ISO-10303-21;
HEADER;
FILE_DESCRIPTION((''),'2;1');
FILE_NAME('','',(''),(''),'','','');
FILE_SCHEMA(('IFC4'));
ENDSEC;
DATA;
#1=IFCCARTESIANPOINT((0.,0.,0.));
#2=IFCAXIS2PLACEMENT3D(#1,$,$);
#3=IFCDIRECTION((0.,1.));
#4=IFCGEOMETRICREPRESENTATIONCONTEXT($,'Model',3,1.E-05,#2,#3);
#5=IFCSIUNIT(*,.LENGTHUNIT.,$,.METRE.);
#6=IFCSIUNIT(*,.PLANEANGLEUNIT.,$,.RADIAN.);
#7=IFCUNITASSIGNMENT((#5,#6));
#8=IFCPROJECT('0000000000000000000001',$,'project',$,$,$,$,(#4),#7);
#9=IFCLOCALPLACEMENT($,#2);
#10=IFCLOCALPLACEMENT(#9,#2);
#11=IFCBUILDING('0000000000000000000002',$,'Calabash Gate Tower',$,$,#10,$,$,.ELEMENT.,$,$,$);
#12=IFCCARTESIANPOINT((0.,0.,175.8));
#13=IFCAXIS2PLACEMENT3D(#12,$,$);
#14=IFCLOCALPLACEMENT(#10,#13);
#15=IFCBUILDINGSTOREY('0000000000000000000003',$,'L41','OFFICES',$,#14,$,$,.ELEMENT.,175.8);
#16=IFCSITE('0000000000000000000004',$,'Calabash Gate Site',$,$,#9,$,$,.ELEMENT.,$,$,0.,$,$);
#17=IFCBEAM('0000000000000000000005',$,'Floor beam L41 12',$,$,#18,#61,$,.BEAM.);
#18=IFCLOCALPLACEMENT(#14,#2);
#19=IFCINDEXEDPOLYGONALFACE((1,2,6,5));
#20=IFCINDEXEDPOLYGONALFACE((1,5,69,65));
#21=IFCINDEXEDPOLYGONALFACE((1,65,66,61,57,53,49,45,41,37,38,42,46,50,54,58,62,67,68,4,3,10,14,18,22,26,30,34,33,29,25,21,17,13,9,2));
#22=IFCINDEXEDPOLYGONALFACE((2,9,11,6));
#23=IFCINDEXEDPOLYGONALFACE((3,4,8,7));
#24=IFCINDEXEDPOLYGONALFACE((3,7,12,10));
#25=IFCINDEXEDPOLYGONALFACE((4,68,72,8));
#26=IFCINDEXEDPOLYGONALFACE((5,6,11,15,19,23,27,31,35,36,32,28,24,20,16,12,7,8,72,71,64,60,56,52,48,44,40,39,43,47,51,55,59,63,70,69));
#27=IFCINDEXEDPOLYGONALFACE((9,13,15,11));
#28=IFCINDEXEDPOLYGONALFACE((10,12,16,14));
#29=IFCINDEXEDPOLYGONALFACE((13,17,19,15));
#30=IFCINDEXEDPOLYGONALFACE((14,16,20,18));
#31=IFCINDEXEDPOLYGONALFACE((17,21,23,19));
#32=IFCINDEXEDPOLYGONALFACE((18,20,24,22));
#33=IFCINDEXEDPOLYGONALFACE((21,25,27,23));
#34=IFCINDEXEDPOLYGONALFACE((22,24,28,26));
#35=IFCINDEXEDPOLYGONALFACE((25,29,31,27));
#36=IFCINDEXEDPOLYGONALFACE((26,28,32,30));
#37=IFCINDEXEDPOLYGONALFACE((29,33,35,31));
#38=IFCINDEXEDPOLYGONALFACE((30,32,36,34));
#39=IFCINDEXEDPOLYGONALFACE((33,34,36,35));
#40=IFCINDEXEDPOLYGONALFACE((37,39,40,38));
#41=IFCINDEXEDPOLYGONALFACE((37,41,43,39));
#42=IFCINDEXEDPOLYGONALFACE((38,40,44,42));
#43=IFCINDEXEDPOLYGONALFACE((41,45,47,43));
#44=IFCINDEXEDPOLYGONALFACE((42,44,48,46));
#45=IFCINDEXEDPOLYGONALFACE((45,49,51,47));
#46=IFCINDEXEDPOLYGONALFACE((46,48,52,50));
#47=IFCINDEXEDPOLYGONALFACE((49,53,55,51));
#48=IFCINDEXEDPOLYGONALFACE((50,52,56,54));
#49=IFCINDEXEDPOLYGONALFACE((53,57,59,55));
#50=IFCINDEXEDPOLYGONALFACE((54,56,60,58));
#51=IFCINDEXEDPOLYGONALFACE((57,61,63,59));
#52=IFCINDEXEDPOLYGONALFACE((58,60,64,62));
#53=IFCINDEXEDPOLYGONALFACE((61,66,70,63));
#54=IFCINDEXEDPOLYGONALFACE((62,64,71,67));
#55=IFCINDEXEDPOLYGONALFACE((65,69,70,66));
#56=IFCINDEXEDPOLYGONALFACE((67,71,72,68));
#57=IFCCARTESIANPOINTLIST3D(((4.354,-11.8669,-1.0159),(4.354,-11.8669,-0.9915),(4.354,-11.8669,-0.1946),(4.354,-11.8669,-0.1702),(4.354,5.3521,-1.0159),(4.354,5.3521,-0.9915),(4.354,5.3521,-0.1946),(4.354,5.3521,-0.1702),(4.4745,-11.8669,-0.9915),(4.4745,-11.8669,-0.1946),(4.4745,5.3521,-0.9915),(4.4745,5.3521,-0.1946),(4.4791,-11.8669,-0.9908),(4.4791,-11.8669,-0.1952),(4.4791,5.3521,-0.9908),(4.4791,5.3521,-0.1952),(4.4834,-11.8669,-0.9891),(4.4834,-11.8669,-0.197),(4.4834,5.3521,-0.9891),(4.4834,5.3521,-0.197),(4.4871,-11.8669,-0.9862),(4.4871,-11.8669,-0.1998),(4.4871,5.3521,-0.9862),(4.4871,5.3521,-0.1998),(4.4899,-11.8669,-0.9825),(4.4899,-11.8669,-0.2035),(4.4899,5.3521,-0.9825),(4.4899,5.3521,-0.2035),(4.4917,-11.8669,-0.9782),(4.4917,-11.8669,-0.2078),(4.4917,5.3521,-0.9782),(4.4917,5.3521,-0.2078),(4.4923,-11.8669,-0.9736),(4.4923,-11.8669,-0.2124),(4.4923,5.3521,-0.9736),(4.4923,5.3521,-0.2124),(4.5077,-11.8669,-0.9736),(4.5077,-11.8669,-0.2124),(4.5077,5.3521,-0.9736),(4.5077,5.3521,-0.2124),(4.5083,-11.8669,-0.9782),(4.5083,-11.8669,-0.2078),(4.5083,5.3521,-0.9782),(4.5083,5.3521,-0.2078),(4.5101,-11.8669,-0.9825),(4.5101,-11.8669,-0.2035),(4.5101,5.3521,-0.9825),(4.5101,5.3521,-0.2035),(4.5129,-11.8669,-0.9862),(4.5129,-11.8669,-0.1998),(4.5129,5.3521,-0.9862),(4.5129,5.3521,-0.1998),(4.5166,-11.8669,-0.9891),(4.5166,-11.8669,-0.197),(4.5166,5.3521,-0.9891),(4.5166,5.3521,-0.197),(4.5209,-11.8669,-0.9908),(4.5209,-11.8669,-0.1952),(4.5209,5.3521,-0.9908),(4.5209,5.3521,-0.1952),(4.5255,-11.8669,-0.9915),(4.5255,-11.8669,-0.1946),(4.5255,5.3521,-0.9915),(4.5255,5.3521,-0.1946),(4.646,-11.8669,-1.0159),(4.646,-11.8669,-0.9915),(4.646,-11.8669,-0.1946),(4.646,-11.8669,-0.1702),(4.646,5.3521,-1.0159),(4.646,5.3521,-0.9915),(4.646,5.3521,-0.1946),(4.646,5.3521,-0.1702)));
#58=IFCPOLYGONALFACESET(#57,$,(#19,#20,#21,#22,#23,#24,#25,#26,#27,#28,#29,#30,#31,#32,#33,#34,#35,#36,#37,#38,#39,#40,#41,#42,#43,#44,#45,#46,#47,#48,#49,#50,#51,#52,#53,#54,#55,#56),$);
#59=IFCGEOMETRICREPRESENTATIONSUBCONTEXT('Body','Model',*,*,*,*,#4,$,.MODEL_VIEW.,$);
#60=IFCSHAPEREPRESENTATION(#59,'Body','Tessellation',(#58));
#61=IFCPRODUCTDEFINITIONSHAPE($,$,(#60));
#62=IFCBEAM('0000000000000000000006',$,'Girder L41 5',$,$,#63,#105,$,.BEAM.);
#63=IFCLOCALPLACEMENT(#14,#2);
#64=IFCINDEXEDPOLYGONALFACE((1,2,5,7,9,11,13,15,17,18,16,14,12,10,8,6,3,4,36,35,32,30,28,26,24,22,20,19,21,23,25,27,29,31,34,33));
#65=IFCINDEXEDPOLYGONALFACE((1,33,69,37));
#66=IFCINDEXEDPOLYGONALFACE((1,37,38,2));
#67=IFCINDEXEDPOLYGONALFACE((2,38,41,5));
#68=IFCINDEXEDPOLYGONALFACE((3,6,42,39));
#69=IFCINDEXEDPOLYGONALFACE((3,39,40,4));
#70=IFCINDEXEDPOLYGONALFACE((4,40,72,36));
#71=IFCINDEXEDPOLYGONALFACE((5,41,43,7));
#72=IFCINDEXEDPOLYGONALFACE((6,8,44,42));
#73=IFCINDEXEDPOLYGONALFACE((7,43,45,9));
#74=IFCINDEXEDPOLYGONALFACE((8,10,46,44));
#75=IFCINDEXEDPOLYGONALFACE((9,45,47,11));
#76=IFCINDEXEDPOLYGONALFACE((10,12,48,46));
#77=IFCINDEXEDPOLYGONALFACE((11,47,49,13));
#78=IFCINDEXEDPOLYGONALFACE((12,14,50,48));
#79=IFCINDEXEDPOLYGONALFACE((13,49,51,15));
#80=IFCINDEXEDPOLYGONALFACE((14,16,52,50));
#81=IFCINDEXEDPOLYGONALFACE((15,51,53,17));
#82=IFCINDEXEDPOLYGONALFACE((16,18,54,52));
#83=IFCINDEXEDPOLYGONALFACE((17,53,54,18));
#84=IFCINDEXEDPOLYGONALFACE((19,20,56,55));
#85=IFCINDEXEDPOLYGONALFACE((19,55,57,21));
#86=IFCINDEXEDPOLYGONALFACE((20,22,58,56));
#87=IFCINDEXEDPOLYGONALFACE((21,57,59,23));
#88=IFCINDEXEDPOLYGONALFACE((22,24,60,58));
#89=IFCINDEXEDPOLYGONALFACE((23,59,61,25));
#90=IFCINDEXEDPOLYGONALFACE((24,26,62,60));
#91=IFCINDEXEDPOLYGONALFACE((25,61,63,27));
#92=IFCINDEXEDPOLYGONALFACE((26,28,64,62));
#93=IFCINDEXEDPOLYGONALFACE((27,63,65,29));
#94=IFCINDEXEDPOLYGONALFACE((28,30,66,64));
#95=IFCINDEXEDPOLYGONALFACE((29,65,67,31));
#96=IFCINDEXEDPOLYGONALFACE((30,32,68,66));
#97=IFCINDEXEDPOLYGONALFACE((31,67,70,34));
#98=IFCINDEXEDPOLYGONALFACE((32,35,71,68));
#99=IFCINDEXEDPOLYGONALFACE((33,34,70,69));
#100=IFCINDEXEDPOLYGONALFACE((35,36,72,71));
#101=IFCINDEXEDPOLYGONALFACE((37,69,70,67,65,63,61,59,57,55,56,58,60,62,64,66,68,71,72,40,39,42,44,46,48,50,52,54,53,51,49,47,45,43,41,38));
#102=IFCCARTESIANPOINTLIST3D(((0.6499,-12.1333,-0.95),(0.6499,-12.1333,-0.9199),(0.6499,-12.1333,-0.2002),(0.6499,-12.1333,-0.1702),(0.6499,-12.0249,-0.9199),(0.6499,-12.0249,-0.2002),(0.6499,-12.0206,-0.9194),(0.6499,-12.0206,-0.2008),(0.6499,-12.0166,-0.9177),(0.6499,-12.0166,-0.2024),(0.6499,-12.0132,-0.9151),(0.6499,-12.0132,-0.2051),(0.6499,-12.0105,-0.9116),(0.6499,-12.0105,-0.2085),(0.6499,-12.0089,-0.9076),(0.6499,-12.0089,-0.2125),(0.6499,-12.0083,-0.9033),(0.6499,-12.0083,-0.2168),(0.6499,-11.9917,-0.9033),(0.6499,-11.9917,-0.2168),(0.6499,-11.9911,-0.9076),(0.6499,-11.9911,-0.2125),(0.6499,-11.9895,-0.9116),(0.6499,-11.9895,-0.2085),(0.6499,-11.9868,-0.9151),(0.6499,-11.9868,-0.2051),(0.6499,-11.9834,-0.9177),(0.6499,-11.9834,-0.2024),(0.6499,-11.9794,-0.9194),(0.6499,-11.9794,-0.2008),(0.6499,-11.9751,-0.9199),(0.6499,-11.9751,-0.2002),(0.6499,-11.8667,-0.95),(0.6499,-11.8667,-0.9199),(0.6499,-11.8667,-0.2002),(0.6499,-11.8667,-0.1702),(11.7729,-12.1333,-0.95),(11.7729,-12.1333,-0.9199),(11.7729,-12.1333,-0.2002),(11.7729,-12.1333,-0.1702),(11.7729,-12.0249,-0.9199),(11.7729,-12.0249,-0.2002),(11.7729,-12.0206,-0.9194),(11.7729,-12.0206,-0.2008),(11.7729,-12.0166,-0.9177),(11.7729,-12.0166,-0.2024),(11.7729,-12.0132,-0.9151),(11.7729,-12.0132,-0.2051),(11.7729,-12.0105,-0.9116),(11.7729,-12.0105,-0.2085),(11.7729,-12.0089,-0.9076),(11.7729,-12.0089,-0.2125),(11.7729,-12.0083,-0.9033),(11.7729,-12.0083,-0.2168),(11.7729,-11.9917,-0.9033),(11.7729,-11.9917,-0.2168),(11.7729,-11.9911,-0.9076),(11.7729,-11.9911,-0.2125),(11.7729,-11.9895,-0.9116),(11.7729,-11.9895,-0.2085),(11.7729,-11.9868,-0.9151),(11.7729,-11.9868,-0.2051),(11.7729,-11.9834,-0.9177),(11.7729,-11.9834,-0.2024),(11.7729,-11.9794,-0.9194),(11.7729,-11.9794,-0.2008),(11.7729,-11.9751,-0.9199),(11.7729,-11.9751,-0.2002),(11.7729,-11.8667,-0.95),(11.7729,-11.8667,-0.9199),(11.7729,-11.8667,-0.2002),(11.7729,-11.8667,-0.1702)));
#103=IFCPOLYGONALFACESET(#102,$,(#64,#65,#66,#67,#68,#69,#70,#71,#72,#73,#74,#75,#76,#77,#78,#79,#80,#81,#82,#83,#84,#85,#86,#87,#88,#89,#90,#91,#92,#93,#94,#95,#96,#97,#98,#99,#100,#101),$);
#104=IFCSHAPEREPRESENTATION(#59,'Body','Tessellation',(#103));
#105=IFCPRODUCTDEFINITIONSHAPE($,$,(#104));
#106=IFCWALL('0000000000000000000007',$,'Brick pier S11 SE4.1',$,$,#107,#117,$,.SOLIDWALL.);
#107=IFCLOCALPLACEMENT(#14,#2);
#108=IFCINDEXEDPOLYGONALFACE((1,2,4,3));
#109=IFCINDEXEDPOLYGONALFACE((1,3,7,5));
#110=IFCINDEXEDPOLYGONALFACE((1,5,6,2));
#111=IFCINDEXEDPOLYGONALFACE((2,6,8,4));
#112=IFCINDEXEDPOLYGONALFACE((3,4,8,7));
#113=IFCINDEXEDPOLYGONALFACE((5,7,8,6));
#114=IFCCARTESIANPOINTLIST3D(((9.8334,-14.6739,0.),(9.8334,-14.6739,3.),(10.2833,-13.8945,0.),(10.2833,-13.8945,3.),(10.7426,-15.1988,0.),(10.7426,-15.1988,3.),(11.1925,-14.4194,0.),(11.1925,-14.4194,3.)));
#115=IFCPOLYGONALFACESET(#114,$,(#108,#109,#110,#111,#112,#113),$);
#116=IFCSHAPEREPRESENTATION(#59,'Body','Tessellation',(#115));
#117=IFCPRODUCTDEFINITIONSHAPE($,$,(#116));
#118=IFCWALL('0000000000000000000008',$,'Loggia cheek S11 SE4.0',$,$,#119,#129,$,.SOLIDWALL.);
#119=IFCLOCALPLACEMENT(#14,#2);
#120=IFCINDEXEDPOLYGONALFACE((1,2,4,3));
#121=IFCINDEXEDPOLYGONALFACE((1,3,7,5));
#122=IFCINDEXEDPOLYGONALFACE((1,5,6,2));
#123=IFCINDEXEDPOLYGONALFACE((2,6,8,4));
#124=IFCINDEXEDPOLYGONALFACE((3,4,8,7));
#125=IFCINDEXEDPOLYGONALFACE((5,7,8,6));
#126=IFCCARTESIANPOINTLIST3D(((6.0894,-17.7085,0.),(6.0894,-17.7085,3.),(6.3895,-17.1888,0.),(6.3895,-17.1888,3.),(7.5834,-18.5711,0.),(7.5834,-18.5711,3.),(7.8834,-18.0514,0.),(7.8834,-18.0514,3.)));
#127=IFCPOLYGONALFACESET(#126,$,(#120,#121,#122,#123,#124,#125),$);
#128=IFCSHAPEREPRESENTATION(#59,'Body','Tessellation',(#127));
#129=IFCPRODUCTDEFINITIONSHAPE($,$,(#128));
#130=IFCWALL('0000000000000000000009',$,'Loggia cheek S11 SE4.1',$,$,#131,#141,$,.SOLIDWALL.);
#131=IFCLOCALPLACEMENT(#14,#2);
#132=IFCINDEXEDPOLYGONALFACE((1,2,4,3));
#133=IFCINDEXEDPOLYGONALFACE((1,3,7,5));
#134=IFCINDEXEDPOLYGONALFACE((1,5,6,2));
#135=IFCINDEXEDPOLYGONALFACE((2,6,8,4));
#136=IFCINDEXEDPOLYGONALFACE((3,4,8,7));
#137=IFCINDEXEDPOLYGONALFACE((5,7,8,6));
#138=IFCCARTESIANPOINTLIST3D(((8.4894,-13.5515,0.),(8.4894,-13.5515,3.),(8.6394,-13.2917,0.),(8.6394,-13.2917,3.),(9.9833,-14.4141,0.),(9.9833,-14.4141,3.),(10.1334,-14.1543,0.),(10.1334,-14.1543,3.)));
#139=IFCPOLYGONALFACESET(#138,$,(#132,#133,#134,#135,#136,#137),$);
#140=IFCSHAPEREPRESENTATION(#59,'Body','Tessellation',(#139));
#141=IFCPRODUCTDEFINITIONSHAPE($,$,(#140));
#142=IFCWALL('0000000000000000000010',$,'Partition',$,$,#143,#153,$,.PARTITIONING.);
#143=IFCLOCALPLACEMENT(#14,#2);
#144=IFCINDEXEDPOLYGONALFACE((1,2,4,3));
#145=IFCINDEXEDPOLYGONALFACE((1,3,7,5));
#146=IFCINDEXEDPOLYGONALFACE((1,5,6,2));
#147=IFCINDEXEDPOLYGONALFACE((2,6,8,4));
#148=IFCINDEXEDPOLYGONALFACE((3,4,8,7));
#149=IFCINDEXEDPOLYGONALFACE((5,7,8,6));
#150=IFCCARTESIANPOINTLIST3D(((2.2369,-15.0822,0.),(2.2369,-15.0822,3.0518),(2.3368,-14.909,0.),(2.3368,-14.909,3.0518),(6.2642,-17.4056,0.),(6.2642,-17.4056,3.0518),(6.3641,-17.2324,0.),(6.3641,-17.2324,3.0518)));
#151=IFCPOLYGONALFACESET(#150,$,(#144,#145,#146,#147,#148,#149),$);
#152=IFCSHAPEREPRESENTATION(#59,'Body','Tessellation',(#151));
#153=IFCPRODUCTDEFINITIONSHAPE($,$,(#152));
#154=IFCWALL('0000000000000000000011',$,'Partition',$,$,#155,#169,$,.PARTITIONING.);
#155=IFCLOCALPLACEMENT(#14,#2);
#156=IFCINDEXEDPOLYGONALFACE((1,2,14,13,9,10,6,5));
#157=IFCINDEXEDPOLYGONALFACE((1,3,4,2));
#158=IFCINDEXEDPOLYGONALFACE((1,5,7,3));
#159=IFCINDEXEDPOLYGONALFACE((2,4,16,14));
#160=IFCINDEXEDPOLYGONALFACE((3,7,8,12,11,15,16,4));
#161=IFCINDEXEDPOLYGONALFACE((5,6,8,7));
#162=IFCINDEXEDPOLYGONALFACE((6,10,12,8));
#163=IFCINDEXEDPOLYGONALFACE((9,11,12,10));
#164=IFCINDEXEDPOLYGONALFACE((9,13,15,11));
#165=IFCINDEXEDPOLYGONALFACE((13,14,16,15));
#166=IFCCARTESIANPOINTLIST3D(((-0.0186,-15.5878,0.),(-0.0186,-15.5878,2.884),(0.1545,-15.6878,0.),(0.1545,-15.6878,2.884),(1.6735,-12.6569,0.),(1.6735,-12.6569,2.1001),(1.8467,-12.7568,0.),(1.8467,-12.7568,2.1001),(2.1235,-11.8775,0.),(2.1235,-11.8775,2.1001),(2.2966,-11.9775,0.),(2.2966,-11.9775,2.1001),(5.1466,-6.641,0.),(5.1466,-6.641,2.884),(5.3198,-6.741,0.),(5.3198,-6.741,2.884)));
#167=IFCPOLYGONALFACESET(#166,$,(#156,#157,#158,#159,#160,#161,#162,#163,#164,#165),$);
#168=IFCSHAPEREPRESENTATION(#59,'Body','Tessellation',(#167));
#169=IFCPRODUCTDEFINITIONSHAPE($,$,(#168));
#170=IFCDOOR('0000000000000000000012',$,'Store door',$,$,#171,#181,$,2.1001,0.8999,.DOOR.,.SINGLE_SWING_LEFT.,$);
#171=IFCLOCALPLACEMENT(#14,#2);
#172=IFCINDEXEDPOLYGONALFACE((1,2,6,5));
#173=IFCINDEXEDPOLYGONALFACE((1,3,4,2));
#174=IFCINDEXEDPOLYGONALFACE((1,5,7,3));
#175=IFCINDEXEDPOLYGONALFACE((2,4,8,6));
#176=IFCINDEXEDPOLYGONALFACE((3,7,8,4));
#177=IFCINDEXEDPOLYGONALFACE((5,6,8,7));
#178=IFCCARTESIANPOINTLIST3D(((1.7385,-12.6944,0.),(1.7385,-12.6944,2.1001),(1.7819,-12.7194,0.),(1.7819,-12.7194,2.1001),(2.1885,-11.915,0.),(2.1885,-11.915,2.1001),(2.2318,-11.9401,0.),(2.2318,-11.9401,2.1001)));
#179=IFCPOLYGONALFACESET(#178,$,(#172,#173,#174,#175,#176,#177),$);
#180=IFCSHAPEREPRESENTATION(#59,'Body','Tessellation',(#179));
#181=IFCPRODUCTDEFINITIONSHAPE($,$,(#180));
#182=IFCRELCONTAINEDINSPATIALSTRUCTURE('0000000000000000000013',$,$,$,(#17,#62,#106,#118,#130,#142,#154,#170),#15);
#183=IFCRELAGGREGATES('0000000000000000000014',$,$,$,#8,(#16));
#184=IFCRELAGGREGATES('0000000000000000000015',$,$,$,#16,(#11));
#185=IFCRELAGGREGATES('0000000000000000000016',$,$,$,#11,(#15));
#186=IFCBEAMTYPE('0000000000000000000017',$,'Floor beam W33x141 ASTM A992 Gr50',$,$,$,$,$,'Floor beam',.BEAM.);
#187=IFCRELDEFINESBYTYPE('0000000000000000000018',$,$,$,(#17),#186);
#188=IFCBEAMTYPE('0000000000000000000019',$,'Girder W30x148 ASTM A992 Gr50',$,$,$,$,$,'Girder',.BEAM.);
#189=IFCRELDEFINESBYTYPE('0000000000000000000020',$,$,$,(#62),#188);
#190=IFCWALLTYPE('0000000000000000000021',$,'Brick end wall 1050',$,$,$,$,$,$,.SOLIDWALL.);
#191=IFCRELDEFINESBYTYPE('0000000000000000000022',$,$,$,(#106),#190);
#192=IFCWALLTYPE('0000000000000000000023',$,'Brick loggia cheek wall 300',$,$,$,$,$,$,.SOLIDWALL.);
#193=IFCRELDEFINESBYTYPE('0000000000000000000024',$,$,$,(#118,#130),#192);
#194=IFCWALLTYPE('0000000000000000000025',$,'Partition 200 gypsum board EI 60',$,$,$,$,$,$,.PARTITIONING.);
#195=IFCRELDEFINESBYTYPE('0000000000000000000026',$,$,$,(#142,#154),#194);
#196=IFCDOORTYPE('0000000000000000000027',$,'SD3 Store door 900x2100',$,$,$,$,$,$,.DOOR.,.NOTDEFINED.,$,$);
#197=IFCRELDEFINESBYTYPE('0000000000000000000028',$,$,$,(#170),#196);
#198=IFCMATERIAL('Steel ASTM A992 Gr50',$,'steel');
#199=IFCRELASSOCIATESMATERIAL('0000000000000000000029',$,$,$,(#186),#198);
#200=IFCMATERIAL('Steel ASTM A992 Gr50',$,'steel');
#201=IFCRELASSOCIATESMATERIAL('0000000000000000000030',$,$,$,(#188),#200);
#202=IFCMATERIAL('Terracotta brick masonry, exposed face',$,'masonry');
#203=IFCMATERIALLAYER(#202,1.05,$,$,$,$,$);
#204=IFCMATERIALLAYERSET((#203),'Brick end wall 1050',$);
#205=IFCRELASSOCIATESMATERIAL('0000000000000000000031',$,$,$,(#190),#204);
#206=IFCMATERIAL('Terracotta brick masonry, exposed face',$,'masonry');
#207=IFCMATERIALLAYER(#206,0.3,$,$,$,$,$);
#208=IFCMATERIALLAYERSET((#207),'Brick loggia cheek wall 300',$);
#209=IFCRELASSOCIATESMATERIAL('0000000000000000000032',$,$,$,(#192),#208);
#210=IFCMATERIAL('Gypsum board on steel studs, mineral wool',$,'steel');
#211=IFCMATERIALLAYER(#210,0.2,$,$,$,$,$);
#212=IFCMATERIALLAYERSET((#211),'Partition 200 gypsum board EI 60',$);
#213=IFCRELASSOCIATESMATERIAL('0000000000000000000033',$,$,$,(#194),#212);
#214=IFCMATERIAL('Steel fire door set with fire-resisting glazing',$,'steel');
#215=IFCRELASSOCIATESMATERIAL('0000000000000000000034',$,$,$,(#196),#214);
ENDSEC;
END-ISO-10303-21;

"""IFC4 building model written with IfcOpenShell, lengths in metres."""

from ifc_helpers import new_model, si_unit, direction, frame, frame_2d, origin, origin_2d, place, context, subcontext, project, spatial, rectangle, i_section, extrude, material, layer, layer_set, material_profile, profile_set, type_object, element, fill, save


model = new_model("IFC4")

# Units and contexts
model_context = context("Model", 3, precision=1e-05, world=origin(), true_north=direction((0.0, 1.0)))
body_context = subcontext(model_context, "Body", "Model", "MODEL_VIEW")
ifc_project = project(units=[si_unit("LENGTHUNIT", "METRE"), si_unit("PLANEANGLEUNIT", "RADIAN")], contexts=[model_context])

# Site, building, storey
site_placement = place(None, origin())
site = spatial("IfcSite", under=ifc_project, at=site_placement, Name="Calabash Gate Site", CompositionType="ELEMENT", RefElevation=0.0)
building_placement = place(site_placement, origin())
building = spatial("IfcBuilding", under=site, at=building_placement, Name="Calabash Gate Tower", CompositionType="ELEMENT")
storey_placement = place(building_placement, frame((0.0, 0.0, 175.8)))
storey = spatial("IfcBuildingStorey", under=building, at=storey_placement, Name="L41", Description="OFFICES", CompositionType="ELEMENT", Elevation=175.8)

# Beams
ifc_material_1 = material(Name="Steel ASTM A992 Gr50", Category="steel")
ifc_material_profile_1 = material_profile(ifc_material_1, i_section(OverallWidth=0.292, OverallDepth=0.8457, WebThickness=0.0154, FlangeThickness=0.0244, FilletRadius=0.0178, at=origin_2d()))
ifc_profile_set_1 = profile_set([ifc_material_profile_1], Name="Steel ASTM A992 Gr50")
beam_type_1 = type_object("IfcBeamType", Name="Floor beam W33x141 ASTM A992 Gr50", ElementType="Floor beam", PredefinedType="BEAM", material=ifc_profile_set_1)
beam_1_placement = place(storey_placement, frame((4.5, -11.8669, -0.593), z_axis=(0.0, 1.0, 0.0), x_axis=(-1.0, 0.0, 0.0)))
element("IfcBeam", 1, at=beam_1_placement, inside=storey, type_object=beam_type_1, Name="Floor beam L41 12", PredefinedType="BEAM", context=body_context, shape_type="SweptSolid", body=[
    extrude(i_section(OverallWidth=0.292, OverallDepth=0.8457, WebThickness=0.0154, FlangeThickness=0.0244, FilletRadius=0.0178, at=origin_2d()), origin(), (0.0, 0.0, 1.0), 17.219),
])
ifc_material_2 = material(Name="Steel ASTM A992 Gr50", Category="steel")
ifc_material_profile_2 = material_profile(ifc_material_2, i_section(OverallWidth=0.2666, OverallDepth=0.7798, WebThickness=0.0166, FlangeThickness=0.03, FilletRadius=0.0166, at=origin_2d()))
ifc_profile_set_2 = profile_set([ifc_material_profile_2], Name="Steel ASTM A992 Gr50")
beam_type_2 = type_object("IfcBeamType", Name="Girder W30x148 ASTM A992 Gr50", ElementType="Girder", PredefinedType="BEAM", material=ifc_profile_set_2)
beam_2_placement = place(storey_placement, frame((0.6499, -12.0, -0.5601), z_axis=(1.0, 0.0, 0.0), x_axis=(0.0, 1.0, 0.0)))
element("IfcBeam", 2, at=beam_2_placement, inside=storey, type_object=beam_type_2, Name="Girder L41 5", PredefinedType="BEAM", context=body_context, shape_type="SweptSolid", body=[
    extrude(i_section(OverallWidth=0.2666, OverallDepth=0.7798, WebThickness=0.0166, FlangeThickness=0.03, FilletRadius=0.0166, at=origin_2d()), origin(), (0.0, 0.0, 1.0), 11.123),
])

# Walls
ifc_material_3 = material(Name="Terracotta brick masonry, exposed face", Category="masonry")
ifc_layer_1 = layer(ifc_material_3, 1.05)
ifc_layer_set_1 = layer_set([ifc_layer_1], Name="Brick end wall 1050")
wall_type_1 = type_object("IfcWallType", Name="Brick end wall 1050", PredefinedType="SOLIDWALL", material=ifc_layer_set_1)
wall_1_placement = place(storey_placement, frame((10.9675, -14.8091, 0.0), z_axis=(0.0, 0.0, 1.0), x_axis=(-0.866031, 0.499991, 0.0)))
element("IfcWall", 3, at=wall_1_placement, inside=storey, type_object=wall_type_1, Name="Brick pier S11 SE4.1", PredefinedType="SOLIDWALL", context=body_context, shape_type="SweptSolid", body=[
    extrude(rectangle(XDim=1.0498, YDim=0.8999, at=frame_2d((0.5249, 0.0))), origin(), (0.0, 0.0, 1.0), 3.0),
])
ifc_material_4 = material(Name="Terracotta brick masonry, exposed face", Category="masonry")
ifc_layer_2 = layer(ifc_material_4, 0.3)
ifc_layer_set_2 = layer_set([ifc_layer_2], Name="Brick loggia cheek wall 300")
wall_type_2 = type_object("IfcWallType", Name="Brick loggia cheek wall 300", PredefinedType="SOLIDWALL", material=ifc_layer_set_2)
wall_2_placement = place(storey_placement, frame((7.7334, -18.3113, 0.0), z_axis=(0.0, 0.0, 1.0), x_axis=(-0.866014, 0.500021, 0.0)))
element("IfcWall", 4, at=wall_2_placement, inside=storey, type_object=wall_type_2, Name="Loggia cheek S11 SE4.0", PredefinedType="SOLIDWALL", context=body_context, shape_type="SweptSolid", body=[
    extrude(rectangle(XDim=1.7251, YDim=0.6001, at=frame_2d((0.8625, 0.0))), origin(), (0.0, 0.0, 1.0), 3.0),
])
wall_3_placement = place(storey_placement, frame((10.0583, -14.2842, 0.0), z_axis=(0.0, 0.0, 1.0), x_axis=(-0.866014, 0.500021, 0.0)))
element("IfcWall", 5, at=wall_3_placement, inside=storey, type_object=wall_type_2, Name="Loggia cheek S11 SE4.1", PredefinedType="SOLIDWALL", context=body_context, shape_type="SweptSolid", body=[
    extrude(rectangle(XDim=1.7251, YDim=0.3, at=frame_2d((0.8625, 0.0))), origin(), (0.0, 0.0, 1.0), 3.0),
])
ifc_material_5 = material(Name="Gypsum board on steel studs, mineral wool", Category="steel")
ifc_layer_3 = layer(ifc_material_5, 0.2)
ifc_layer_set_3 = layer_set([ifc_layer_3], Name="Partition 200 gypsum board EI 60")
wall_type_3 = type_object("IfcWallType", Name="Partition 200 gypsum board EI 60", PredefinedType="PARTITIONING", material=ifc_layer_set_3)
wall_4_placement = place(storey_placement, frame((2.2869, -14.9956, 0.0), z_axis=(0.0, 0.0, 1.0), x_axis=(0.866184, -0.499725, 0.0)))
element("IfcWall", 6, at=wall_4_placement, inside=storey, type_object=wall_type_3, Name="Partition", PredefinedType="PARTITIONING", context=body_context, shape_type="SweptSolid", body=[
    extrude(rectangle(XDim=4.6494, YDim=0.2, at=frame_2d((2.3247, 0.0))), origin(), (0.0, 0.0, 1.0), 3.0518),
])

# Wall, opening, door
wall_5_placement = place(storey_placement, frame((0.0679, -15.6379, 0.0), z_axis=(0.0, 0.0, 1.0), x_axis=(0.49999, 0.866031, 0.0)))
wall_5 = element("IfcWall", 7, at=wall_5_placement, inside=storey, type_object=wall_type_3, Name="Partition", PredefinedType="PARTITIONING", context=body_context, shape_type="SweptSolid", body=[
    extrude(rectangle(XDim=10.3308, YDim=0.2, at=frame_2d((5.1655, 0.0))), origin(), (0.0, 0.0, 1.0), 2.884),
])
opening_1_placement = place(wall_5_placement, frame((3.3845, 0.0, 0.0)))
opening_1 = element("IfcOpeningElement", 8, at=opening_1_placement, cuts=wall_5, PredefinedType="OPENING", context=body_context, shape_type="SweptSolid", body=[
    extrude(rectangle(XDim=0.8999, YDim=2.1001, at=frame_2d((0.45, 1.05))), frame((0.0, 0.1099, 0.0), z_axis=(0.0, -1.0, 0.0), x_axis=(1.0, 0.0, 0.0)), (0.0, 0.0, 1.0), 0.22),
])
ifc_material_6 = material(Name="Steel fire door set with fire-resisting glazing", Category="steel")
door_type_1 = type_object("IfcDoorType", Name="SD3 Store door 900x2100", OperationType="NOTDEFINED", PredefinedType="DOOR", material=ifc_material_6)
door_1_placement = place(opening_1_placement, origin())
door_1 = element("IfcDoor", 9, at=door_1_placement, inside=storey, type_object=door_type_1, Name="Store door", OperationType="SINGLE_SWING_LEFT", OverallHeight=2.1001, OverallWidth=0.8999, PredefinedType="DOOR", context=body_context, shape_type="SweptSolid", body=[
    extrude(rectangle(XDim=0.8999, YDim=2.1001, at=frame_2d((0.45, 1.05))), frame((0.0, 0.0249, 0.0), z_axis=(0.0, -1.0, 0.0), x_axis=(1.0, 0.0, 0.0)), (0.0, 0.0, 1.0), 0.05),
])
fill(opening_1, door_1)

save(model, "model.ifc")
